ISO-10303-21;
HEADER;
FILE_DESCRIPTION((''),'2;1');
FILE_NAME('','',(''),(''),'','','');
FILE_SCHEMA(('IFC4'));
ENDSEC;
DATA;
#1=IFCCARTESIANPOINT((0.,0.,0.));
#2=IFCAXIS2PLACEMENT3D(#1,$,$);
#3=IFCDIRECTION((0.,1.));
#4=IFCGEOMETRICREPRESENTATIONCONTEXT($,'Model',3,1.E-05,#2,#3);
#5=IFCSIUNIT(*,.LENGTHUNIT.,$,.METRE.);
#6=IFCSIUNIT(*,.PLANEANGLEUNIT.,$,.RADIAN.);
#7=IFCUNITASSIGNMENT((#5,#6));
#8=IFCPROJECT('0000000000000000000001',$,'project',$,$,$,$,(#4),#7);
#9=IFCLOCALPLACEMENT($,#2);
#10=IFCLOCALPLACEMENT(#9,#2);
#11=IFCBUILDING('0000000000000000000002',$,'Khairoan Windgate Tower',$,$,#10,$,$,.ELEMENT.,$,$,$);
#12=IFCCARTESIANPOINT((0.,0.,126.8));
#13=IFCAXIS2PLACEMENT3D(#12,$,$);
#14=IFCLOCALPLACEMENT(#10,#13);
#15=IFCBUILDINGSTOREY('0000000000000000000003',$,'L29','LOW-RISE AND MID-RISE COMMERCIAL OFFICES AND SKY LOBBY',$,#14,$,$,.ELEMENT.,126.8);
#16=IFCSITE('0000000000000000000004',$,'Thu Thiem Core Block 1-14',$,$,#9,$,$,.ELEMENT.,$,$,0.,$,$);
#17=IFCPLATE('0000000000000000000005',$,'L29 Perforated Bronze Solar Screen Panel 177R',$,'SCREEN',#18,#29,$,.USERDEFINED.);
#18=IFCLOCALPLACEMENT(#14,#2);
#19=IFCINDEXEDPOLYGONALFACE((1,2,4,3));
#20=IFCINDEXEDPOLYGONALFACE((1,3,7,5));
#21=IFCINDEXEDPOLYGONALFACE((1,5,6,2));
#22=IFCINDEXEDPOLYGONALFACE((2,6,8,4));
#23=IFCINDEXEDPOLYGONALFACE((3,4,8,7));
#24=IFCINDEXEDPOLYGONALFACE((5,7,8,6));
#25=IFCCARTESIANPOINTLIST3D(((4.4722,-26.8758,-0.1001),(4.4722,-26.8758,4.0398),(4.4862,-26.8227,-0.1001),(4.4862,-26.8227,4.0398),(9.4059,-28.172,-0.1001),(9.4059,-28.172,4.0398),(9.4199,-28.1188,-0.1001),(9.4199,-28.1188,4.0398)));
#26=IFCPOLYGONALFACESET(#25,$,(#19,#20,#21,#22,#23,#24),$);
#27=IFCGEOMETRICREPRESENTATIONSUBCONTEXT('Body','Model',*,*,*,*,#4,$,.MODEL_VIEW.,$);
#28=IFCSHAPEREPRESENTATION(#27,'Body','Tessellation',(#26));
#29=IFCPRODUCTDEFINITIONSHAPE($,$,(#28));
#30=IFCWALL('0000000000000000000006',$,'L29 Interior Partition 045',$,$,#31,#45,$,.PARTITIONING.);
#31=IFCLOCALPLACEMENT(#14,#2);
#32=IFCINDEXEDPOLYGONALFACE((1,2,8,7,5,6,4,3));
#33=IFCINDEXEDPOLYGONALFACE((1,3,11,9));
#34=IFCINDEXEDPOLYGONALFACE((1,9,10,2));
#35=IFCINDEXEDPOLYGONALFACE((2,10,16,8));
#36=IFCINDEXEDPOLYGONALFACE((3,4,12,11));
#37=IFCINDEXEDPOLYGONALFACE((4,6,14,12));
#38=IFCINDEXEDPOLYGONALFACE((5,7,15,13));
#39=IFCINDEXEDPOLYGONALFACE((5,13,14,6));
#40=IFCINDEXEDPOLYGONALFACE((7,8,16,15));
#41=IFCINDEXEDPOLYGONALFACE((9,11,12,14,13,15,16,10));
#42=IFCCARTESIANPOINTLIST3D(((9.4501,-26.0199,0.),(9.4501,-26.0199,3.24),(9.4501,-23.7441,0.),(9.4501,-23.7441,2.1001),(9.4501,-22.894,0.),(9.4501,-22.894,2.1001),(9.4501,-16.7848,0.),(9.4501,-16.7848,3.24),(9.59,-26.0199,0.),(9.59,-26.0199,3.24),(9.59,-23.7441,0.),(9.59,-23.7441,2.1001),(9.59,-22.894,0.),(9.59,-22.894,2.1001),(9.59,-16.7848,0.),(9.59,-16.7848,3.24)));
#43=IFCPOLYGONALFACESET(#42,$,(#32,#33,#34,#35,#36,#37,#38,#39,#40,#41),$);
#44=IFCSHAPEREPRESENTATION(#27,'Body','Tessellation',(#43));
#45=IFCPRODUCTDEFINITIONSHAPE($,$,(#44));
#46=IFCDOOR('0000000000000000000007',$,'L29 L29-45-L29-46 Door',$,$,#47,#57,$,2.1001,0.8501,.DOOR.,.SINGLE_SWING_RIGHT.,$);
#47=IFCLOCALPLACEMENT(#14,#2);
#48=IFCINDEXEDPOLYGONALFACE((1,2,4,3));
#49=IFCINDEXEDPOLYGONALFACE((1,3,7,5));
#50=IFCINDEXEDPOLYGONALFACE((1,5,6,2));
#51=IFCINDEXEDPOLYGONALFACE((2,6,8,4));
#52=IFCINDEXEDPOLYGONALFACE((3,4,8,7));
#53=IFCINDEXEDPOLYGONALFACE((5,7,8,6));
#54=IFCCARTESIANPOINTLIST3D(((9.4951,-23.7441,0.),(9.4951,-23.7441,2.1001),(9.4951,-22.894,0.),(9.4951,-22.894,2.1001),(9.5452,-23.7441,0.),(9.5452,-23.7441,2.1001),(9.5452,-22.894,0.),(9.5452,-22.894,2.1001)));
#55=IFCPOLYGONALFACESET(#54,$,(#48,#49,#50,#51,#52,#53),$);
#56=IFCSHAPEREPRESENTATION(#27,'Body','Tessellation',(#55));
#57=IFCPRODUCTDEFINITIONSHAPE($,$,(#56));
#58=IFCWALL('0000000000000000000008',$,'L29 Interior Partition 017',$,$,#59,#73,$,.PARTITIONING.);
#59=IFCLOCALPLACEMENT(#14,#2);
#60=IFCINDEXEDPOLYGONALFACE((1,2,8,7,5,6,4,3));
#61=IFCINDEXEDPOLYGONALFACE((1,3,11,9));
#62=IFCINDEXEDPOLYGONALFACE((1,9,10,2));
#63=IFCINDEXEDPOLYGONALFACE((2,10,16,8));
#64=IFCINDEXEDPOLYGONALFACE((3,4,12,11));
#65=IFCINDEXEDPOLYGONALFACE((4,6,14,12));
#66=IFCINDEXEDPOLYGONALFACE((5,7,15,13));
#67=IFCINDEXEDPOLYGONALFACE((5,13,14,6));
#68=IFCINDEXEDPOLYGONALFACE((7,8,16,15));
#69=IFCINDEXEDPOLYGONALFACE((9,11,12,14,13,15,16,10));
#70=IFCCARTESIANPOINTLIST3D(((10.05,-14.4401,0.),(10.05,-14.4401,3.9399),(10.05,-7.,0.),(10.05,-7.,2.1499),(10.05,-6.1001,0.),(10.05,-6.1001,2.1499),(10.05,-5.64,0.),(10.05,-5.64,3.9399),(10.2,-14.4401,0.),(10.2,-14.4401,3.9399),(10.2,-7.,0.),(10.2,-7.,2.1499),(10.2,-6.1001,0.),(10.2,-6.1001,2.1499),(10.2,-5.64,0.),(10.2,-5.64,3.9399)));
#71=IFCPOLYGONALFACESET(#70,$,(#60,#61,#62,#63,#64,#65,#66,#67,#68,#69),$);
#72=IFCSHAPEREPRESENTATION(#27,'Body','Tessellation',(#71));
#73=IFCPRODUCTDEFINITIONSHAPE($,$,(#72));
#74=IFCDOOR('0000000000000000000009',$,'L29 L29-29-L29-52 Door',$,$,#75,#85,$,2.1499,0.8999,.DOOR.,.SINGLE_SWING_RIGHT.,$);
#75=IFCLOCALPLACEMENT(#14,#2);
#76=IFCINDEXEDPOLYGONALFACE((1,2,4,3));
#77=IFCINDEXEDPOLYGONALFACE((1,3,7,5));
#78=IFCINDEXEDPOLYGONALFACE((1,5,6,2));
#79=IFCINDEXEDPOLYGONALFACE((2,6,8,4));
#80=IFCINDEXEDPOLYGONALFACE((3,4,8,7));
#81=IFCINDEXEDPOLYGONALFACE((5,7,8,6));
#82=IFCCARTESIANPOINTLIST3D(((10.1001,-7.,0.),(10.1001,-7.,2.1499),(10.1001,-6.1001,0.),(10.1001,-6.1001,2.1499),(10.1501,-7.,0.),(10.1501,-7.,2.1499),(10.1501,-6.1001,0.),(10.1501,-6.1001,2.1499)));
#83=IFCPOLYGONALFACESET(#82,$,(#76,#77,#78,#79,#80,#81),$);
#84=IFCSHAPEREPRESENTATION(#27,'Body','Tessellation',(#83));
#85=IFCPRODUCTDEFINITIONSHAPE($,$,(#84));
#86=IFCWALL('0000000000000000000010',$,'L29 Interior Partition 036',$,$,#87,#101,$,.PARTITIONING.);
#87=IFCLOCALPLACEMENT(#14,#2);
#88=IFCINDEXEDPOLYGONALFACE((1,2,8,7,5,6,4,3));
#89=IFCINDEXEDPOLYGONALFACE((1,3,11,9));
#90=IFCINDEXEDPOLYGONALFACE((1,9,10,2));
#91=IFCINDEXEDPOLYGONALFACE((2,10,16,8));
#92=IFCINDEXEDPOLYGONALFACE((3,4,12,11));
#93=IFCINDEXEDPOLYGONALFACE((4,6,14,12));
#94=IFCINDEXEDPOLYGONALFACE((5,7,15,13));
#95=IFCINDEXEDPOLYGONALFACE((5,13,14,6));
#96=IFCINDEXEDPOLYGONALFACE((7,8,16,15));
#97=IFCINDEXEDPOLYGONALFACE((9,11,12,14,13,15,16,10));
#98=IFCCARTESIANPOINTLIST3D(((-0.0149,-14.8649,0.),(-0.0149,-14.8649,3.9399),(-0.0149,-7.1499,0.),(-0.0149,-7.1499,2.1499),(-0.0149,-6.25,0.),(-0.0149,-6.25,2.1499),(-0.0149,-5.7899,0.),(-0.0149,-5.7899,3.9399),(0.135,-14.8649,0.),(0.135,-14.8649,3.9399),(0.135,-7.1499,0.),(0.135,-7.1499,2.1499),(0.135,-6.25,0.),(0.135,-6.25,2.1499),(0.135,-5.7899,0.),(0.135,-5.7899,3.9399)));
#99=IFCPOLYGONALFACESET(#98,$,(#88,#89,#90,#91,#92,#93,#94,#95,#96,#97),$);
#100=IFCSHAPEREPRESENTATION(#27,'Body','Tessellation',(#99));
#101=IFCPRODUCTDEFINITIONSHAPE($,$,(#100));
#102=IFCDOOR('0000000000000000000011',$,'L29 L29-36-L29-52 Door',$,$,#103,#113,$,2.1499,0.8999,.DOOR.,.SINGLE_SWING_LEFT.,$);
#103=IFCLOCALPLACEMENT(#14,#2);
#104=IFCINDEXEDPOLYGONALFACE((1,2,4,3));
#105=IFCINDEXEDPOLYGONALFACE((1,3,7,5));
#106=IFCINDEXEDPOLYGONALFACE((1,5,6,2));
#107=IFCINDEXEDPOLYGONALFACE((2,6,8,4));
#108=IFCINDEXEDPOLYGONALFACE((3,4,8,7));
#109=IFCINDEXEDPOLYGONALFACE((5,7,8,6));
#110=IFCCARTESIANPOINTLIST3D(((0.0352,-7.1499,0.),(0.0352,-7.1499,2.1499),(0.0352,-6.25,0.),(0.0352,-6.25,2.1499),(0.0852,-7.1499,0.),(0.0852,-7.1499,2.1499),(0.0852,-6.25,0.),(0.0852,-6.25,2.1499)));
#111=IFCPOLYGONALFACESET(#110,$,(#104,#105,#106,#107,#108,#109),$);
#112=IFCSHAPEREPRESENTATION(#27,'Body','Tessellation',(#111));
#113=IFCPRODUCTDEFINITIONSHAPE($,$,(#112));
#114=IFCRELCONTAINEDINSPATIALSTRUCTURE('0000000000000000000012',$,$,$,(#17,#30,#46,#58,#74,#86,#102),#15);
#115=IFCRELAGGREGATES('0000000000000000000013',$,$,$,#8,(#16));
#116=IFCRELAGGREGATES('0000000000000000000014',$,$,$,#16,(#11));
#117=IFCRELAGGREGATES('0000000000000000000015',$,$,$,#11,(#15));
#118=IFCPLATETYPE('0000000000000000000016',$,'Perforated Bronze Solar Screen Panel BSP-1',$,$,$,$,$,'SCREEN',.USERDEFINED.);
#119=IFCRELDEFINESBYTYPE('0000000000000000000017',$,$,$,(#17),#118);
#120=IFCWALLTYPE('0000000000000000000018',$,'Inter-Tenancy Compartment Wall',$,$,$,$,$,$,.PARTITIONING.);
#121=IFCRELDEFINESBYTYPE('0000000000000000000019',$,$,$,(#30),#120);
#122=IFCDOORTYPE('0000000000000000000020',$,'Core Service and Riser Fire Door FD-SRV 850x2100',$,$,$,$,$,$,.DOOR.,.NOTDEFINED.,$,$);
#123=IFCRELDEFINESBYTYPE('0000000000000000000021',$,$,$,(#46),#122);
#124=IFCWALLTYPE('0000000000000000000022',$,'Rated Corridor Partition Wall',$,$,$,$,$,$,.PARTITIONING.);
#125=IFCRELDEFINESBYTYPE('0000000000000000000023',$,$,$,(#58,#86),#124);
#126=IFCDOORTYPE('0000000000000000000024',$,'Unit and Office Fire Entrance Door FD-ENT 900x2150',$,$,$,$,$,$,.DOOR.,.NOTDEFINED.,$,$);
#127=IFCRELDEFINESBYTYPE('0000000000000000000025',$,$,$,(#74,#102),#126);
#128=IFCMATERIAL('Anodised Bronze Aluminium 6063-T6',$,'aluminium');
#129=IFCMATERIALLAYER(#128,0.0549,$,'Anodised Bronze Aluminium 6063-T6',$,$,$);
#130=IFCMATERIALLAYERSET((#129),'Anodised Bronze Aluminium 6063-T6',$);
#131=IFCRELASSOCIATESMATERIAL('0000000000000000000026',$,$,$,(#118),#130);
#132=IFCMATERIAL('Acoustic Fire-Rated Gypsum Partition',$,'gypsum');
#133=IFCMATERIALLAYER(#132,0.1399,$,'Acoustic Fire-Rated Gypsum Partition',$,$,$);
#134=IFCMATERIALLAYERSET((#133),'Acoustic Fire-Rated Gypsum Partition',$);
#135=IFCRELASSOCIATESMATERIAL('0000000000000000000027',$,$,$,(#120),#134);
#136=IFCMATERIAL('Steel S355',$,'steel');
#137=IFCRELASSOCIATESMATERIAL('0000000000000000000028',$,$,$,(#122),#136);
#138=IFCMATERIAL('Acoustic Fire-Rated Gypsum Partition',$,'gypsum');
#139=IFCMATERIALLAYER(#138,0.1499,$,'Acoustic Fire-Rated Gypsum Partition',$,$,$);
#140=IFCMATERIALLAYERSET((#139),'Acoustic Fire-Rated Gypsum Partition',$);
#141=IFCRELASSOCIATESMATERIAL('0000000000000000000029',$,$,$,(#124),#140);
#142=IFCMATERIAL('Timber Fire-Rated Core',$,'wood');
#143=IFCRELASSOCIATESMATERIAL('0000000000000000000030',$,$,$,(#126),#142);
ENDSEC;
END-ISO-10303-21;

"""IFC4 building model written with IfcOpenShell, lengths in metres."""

from ifc_helpers import new_model, si_unit, direction, frame, frame_2d, origin, origin_2d, place, context, subcontext, project, spatial, rectangle, extrude, material, layer, layer_set, type_object, element, fill, save


model = new_model("IFC4")

# Units and contexts
model_context = context("Model", 3, precision=1e-05, world=origin(), true_north=direction((0.0, 1.0)))
body_context = subcontext(model_context, "Body", "Model", "MODEL_VIEW")
ifc_project = project(units=[si_unit("LENGTHUNIT", "METRE"), si_unit("PLANEANGLEUNIT", "RADIAN")], contexts=[model_context])

# Site, building, storey
site_placement = place(None, origin())
site = spatial("IfcSite", under=ifc_project, at=site_placement, Name="Thu Thiem Core Block 1-14", CompositionType="ELEMENT", RefElevation=0.0)
building_placement = place(site_placement, origin())
building = spatial("IfcBuilding", under=site, at=building_placement, Name="Khairoan Windgate Tower", CompositionType="ELEMENT")
storey_placement = place(building_placement, frame((0.0, 0.0, 126.8)))
storey = spatial("IfcBuildingStorey", under=building, at=storey_placement, Name="L29", Description="LOW-RISE AND MID-RISE COMMERCIAL OFFICES AND SKY LOBBY", CompositionType="ELEMENT", Elevation=126.8)

# Plate
ifc_material_1 = material(Name="Anodised Bronze Aluminium 6063-T6", Category="aluminium")
ifc_layer_1 = layer(ifc_material_1, 0.0549, Name="Anodised Bronze Aluminium 6063-T6")
ifc_layer_set_1 = layer_set([ifc_layer_1], Name="Anodised Bronze Aluminium 6063-T6")
plate_type = type_object("IfcPlateType", Name="Perforated Bronze Solar Screen Panel BSP-1", ElementType="SCREEN", PredefinedType="USERDEFINED", material=ifc_layer_set_1)
plate_placement = place(storey_placement, frame((6.946, -27.4973, -0.1001), z_axis=(0.0, 0.0, 1.0), x_axis=(-0.967179, 0.254096, 0.0)))
element("IfcPlate", 1, at=plate_placement, inside=storey, type_object=plate_type, Name="L29 Perforated Bronze Solar Screen Panel 177R", ObjectType="SCREEN", PredefinedType="USERDEFINED", context=body_context, shape_type="SweptSolid", body=[
    extrude(rectangle(XDim=5.1011, YDim=0.0549, at=origin_2d()), origin(), (0.0, 0.0, 1.0), 4.1399),
])

# Walls, openings, doors
ifc_material_2 = material(Name="Acoustic Fire-Rated Gypsum Partition", Category="gypsum")
ifc_layer_2 = layer(ifc_material_2, 0.1399, Name="Acoustic Fire-Rated Gypsum Partition")
ifc_layer_set_2 = layer_set([ifc_layer_2], Name="Acoustic Fire-Rated Gypsum Partition")
wall_type_1 = type_object("IfcWallType", Name="Inter-Tenancy Compartment Wall", PredefinedType="PARTITIONING", material=ifc_layer_set_2)
wall_1_placement = place(storey_placement, frame((9.52, -26.02, 0.0), z_axis=(0.0, 0.0, 1.0), x_axis=(0.0, 1.0, 0.0)))
wall_1 = element("IfcWall", 2, at=wall_1_placement, inside=storey, type_object=wall_type_1, Name="L29 Interior Partition 045", PredefinedType="PARTITIONING", context=body_context, shape_type="SweptSolid", body=[
    extrude(rectangle(XDim=9.2351, YDim=0.1399, at=frame_2d((4.6177, 0.0))), origin(), (0.0, 0.0, 1.0), 3.24),
])
opening_1_placement = place(wall_1_placement, frame((2.2759, 0.0, 0.0)))
opening_1 = element("IfcOpeningElement", 3, at=opening_1_placement, cuts=wall_1, PredefinedType="OPENING", context=body_context, shape_type="SweptSolid", body=[
    extrude(rectangle(XDim=0.8501, YDim=2.1001, at=frame_2d((0.425, 1.05))), frame((0.0, 0.0798, 0.0), z_axis=(0.0, -1.0, 0.0), x_axis=(1.0, 0.0, 0.0)), (0.0, 0.0, 1.0), 0.1599),
])
ifc_material_3 = material(Name="Steel S355", Category="steel")
door_type_1 = type_object("IfcDoorType", Name="Core Service and Riser Fire Door FD-SRV 850x2100", OperationType="NOTDEFINED", PredefinedType="DOOR", material=ifc_material_3)
door_1_placement = place(opening_1_placement, origin())
door_1 = element("IfcDoor", 4, at=door_1_placement, inside=storey, type_object=door_type_1, Name="L29 L29-45-L29-46 Door", OperationType="SINGLE_SWING_RIGHT", OverallHeight=2.1001, OverallWidth=0.8501, PredefinedType="DOOR", context=body_context, shape_type="SweptSolid", body=[
    extrude(rectangle(XDim=0.8501, YDim=2.1001, at=frame_2d((0.425, 1.05))), frame((0.0, 0.0249, 0.0), z_axis=(0.0, -1.0, 0.0), x_axis=(1.0, 0.0, 0.0)), (0.0, 0.0, 1.0), 0.05),
])
fill(opening_1, door_1)
ifc_material_4 = material(Name="Acoustic Fire-Rated Gypsum Partition", Category="gypsum")
ifc_layer_3 = layer(ifc_material_4, 0.1499, Name="Acoustic Fire-Rated Gypsum Partition")
ifc_layer_set_3 = layer_set([ifc_layer_3], Name="Acoustic Fire-Rated Gypsum Partition")
wall_type_2 = type_object("IfcWallType", Name="Rated Corridor Partition Wall", PredefinedType="PARTITIONING", material=ifc_layer_set_3)
wall_2_placement = place(storey_placement, frame((10.125, -14.4399, 0.0), z_axis=(0.0, 0.0, 1.0), x_axis=(0.0, 1.0, 0.0)))
wall_2 = element("IfcWall", 5, at=wall_2_placement, inside=storey, type_object=wall_type_2, Name="L29 Interior Partition 017", PredefinedType="PARTITIONING", context=body_context, shape_type="SweptSolid", body=[
    extrude(rectangle(XDim=8.8, YDim=0.1499, at=frame_2d((4.3999, 0.0))), origin(), (0.0, 0.0, 1.0), 3.9399),
])
opening_2_placement = place(wall_2_placement, frame((7.4399, 0.0, 0.0)))
opening_2 = element("IfcOpeningElement", 6, at=opening_2_placement, cuts=wall_2, PredefinedType="OPENING", context=body_context, shape_type="SweptSolid", body=[
    extrude(rectangle(XDim=0.8999, YDim=2.1499, at=frame_2d((0.45, 1.075))), frame((0.0, 0.085, 0.0), z_axis=(0.0, -1.0, 0.0), x_axis=(1.0, 0.0, 0.0)), (0.0, 0.0, 1.0), 0.1699),
])
ifc_material_5 = material(Name="Timber Fire-Rated Core", Category="wood")
door_type_2 = type_object("IfcDoorType", Name="Unit and Office Fire Entrance Door FD-ENT 900x2150", OperationType="NOTDEFINED", PredefinedType="DOOR", material=ifc_material_5)
door_2_placement = place(opening_2_placement, origin())
door_2 = element("IfcDoor", 7, at=door_2_placement, inside=storey, type_object=door_type_2, Name="L29 L29-29-L29-52 Door", OperationType="SINGLE_SWING_RIGHT", OverallHeight=2.1499, OverallWidth=0.8999, PredefinedType="DOOR", context=body_context, shape_type="SweptSolid", body=[
    extrude(rectangle(XDim=0.8999, YDim=2.1499, at=frame_2d((0.45, 1.075))), frame((0.0, 0.0249, 0.0), z_axis=(0.0, -1.0, 0.0), x_axis=(1.0, 0.0, 0.0)), (0.0, 0.0, 1.0), 0.05),
])
fill(opening_2, door_2)
wall_3_placement = place(storey_placement, frame((0.0601, -14.865, 0.0), z_axis=(0.0, 0.0, 1.0), x_axis=(0.0, 1.0, 0.0)))
wall_3 = element("IfcWall", 8, at=wall_3_placement, inside=storey, type_object=wall_type_2, Name="L29 Interior Partition 036", PredefinedType="PARTITIONING", context=body_context, shape_type="SweptSolid", body=[
    extrude(rectangle(XDim=9.075, YDim=0.1499, at=frame_2d((4.5376, 0.0))), origin(), (0.0, 0.0, 1.0), 3.9399),
])
opening_3_placement = place(wall_3_placement, frame((7.7151, 0.0, 0.0)))
opening_3 = element("IfcOpeningElement", 9, at=opening_3_placement, cuts=wall_3, PredefinedType="OPENING", context=body_context, shape_type="SweptSolid", body=[
    extrude(rectangle(XDim=0.8999, YDim=2.1499, at=frame_2d((0.45, 1.075))), frame((0.0, 0.085, 0.0), z_axis=(0.0, -1.0, 0.0), x_axis=(1.0, 0.0, 0.0)), (0.0, 0.0, 1.0), 0.1699),
])
door_3_placement = place(opening_3_placement, origin())
door_3 = element("IfcDoor", 10, at=door_3_placement, inside=storey, type_object=door_type_2, Name="L29 L29-36-L29-52 Door", OperationType="SINGLE_SWING_LEFT", OverallHeight=2.1499, OverallWidth=0.8999, PredefinedType="DOOR", context=body_context, shape_type="SweptSolid", body=[
    extrude(rectangle(XDim=0.8999, YDim=2.1499, at=frame_2d((0.45, 1.075))), frame((0.0, 0.0249, 0.0), z_axis=(0.0, -1.0, 0.0), x_axis=(1.0, 0.0, 0.0)), (0.0, 0.0, 1.0), 0.05),
])
fill(opening_3, door_3)

save(model, "model.ifc")
